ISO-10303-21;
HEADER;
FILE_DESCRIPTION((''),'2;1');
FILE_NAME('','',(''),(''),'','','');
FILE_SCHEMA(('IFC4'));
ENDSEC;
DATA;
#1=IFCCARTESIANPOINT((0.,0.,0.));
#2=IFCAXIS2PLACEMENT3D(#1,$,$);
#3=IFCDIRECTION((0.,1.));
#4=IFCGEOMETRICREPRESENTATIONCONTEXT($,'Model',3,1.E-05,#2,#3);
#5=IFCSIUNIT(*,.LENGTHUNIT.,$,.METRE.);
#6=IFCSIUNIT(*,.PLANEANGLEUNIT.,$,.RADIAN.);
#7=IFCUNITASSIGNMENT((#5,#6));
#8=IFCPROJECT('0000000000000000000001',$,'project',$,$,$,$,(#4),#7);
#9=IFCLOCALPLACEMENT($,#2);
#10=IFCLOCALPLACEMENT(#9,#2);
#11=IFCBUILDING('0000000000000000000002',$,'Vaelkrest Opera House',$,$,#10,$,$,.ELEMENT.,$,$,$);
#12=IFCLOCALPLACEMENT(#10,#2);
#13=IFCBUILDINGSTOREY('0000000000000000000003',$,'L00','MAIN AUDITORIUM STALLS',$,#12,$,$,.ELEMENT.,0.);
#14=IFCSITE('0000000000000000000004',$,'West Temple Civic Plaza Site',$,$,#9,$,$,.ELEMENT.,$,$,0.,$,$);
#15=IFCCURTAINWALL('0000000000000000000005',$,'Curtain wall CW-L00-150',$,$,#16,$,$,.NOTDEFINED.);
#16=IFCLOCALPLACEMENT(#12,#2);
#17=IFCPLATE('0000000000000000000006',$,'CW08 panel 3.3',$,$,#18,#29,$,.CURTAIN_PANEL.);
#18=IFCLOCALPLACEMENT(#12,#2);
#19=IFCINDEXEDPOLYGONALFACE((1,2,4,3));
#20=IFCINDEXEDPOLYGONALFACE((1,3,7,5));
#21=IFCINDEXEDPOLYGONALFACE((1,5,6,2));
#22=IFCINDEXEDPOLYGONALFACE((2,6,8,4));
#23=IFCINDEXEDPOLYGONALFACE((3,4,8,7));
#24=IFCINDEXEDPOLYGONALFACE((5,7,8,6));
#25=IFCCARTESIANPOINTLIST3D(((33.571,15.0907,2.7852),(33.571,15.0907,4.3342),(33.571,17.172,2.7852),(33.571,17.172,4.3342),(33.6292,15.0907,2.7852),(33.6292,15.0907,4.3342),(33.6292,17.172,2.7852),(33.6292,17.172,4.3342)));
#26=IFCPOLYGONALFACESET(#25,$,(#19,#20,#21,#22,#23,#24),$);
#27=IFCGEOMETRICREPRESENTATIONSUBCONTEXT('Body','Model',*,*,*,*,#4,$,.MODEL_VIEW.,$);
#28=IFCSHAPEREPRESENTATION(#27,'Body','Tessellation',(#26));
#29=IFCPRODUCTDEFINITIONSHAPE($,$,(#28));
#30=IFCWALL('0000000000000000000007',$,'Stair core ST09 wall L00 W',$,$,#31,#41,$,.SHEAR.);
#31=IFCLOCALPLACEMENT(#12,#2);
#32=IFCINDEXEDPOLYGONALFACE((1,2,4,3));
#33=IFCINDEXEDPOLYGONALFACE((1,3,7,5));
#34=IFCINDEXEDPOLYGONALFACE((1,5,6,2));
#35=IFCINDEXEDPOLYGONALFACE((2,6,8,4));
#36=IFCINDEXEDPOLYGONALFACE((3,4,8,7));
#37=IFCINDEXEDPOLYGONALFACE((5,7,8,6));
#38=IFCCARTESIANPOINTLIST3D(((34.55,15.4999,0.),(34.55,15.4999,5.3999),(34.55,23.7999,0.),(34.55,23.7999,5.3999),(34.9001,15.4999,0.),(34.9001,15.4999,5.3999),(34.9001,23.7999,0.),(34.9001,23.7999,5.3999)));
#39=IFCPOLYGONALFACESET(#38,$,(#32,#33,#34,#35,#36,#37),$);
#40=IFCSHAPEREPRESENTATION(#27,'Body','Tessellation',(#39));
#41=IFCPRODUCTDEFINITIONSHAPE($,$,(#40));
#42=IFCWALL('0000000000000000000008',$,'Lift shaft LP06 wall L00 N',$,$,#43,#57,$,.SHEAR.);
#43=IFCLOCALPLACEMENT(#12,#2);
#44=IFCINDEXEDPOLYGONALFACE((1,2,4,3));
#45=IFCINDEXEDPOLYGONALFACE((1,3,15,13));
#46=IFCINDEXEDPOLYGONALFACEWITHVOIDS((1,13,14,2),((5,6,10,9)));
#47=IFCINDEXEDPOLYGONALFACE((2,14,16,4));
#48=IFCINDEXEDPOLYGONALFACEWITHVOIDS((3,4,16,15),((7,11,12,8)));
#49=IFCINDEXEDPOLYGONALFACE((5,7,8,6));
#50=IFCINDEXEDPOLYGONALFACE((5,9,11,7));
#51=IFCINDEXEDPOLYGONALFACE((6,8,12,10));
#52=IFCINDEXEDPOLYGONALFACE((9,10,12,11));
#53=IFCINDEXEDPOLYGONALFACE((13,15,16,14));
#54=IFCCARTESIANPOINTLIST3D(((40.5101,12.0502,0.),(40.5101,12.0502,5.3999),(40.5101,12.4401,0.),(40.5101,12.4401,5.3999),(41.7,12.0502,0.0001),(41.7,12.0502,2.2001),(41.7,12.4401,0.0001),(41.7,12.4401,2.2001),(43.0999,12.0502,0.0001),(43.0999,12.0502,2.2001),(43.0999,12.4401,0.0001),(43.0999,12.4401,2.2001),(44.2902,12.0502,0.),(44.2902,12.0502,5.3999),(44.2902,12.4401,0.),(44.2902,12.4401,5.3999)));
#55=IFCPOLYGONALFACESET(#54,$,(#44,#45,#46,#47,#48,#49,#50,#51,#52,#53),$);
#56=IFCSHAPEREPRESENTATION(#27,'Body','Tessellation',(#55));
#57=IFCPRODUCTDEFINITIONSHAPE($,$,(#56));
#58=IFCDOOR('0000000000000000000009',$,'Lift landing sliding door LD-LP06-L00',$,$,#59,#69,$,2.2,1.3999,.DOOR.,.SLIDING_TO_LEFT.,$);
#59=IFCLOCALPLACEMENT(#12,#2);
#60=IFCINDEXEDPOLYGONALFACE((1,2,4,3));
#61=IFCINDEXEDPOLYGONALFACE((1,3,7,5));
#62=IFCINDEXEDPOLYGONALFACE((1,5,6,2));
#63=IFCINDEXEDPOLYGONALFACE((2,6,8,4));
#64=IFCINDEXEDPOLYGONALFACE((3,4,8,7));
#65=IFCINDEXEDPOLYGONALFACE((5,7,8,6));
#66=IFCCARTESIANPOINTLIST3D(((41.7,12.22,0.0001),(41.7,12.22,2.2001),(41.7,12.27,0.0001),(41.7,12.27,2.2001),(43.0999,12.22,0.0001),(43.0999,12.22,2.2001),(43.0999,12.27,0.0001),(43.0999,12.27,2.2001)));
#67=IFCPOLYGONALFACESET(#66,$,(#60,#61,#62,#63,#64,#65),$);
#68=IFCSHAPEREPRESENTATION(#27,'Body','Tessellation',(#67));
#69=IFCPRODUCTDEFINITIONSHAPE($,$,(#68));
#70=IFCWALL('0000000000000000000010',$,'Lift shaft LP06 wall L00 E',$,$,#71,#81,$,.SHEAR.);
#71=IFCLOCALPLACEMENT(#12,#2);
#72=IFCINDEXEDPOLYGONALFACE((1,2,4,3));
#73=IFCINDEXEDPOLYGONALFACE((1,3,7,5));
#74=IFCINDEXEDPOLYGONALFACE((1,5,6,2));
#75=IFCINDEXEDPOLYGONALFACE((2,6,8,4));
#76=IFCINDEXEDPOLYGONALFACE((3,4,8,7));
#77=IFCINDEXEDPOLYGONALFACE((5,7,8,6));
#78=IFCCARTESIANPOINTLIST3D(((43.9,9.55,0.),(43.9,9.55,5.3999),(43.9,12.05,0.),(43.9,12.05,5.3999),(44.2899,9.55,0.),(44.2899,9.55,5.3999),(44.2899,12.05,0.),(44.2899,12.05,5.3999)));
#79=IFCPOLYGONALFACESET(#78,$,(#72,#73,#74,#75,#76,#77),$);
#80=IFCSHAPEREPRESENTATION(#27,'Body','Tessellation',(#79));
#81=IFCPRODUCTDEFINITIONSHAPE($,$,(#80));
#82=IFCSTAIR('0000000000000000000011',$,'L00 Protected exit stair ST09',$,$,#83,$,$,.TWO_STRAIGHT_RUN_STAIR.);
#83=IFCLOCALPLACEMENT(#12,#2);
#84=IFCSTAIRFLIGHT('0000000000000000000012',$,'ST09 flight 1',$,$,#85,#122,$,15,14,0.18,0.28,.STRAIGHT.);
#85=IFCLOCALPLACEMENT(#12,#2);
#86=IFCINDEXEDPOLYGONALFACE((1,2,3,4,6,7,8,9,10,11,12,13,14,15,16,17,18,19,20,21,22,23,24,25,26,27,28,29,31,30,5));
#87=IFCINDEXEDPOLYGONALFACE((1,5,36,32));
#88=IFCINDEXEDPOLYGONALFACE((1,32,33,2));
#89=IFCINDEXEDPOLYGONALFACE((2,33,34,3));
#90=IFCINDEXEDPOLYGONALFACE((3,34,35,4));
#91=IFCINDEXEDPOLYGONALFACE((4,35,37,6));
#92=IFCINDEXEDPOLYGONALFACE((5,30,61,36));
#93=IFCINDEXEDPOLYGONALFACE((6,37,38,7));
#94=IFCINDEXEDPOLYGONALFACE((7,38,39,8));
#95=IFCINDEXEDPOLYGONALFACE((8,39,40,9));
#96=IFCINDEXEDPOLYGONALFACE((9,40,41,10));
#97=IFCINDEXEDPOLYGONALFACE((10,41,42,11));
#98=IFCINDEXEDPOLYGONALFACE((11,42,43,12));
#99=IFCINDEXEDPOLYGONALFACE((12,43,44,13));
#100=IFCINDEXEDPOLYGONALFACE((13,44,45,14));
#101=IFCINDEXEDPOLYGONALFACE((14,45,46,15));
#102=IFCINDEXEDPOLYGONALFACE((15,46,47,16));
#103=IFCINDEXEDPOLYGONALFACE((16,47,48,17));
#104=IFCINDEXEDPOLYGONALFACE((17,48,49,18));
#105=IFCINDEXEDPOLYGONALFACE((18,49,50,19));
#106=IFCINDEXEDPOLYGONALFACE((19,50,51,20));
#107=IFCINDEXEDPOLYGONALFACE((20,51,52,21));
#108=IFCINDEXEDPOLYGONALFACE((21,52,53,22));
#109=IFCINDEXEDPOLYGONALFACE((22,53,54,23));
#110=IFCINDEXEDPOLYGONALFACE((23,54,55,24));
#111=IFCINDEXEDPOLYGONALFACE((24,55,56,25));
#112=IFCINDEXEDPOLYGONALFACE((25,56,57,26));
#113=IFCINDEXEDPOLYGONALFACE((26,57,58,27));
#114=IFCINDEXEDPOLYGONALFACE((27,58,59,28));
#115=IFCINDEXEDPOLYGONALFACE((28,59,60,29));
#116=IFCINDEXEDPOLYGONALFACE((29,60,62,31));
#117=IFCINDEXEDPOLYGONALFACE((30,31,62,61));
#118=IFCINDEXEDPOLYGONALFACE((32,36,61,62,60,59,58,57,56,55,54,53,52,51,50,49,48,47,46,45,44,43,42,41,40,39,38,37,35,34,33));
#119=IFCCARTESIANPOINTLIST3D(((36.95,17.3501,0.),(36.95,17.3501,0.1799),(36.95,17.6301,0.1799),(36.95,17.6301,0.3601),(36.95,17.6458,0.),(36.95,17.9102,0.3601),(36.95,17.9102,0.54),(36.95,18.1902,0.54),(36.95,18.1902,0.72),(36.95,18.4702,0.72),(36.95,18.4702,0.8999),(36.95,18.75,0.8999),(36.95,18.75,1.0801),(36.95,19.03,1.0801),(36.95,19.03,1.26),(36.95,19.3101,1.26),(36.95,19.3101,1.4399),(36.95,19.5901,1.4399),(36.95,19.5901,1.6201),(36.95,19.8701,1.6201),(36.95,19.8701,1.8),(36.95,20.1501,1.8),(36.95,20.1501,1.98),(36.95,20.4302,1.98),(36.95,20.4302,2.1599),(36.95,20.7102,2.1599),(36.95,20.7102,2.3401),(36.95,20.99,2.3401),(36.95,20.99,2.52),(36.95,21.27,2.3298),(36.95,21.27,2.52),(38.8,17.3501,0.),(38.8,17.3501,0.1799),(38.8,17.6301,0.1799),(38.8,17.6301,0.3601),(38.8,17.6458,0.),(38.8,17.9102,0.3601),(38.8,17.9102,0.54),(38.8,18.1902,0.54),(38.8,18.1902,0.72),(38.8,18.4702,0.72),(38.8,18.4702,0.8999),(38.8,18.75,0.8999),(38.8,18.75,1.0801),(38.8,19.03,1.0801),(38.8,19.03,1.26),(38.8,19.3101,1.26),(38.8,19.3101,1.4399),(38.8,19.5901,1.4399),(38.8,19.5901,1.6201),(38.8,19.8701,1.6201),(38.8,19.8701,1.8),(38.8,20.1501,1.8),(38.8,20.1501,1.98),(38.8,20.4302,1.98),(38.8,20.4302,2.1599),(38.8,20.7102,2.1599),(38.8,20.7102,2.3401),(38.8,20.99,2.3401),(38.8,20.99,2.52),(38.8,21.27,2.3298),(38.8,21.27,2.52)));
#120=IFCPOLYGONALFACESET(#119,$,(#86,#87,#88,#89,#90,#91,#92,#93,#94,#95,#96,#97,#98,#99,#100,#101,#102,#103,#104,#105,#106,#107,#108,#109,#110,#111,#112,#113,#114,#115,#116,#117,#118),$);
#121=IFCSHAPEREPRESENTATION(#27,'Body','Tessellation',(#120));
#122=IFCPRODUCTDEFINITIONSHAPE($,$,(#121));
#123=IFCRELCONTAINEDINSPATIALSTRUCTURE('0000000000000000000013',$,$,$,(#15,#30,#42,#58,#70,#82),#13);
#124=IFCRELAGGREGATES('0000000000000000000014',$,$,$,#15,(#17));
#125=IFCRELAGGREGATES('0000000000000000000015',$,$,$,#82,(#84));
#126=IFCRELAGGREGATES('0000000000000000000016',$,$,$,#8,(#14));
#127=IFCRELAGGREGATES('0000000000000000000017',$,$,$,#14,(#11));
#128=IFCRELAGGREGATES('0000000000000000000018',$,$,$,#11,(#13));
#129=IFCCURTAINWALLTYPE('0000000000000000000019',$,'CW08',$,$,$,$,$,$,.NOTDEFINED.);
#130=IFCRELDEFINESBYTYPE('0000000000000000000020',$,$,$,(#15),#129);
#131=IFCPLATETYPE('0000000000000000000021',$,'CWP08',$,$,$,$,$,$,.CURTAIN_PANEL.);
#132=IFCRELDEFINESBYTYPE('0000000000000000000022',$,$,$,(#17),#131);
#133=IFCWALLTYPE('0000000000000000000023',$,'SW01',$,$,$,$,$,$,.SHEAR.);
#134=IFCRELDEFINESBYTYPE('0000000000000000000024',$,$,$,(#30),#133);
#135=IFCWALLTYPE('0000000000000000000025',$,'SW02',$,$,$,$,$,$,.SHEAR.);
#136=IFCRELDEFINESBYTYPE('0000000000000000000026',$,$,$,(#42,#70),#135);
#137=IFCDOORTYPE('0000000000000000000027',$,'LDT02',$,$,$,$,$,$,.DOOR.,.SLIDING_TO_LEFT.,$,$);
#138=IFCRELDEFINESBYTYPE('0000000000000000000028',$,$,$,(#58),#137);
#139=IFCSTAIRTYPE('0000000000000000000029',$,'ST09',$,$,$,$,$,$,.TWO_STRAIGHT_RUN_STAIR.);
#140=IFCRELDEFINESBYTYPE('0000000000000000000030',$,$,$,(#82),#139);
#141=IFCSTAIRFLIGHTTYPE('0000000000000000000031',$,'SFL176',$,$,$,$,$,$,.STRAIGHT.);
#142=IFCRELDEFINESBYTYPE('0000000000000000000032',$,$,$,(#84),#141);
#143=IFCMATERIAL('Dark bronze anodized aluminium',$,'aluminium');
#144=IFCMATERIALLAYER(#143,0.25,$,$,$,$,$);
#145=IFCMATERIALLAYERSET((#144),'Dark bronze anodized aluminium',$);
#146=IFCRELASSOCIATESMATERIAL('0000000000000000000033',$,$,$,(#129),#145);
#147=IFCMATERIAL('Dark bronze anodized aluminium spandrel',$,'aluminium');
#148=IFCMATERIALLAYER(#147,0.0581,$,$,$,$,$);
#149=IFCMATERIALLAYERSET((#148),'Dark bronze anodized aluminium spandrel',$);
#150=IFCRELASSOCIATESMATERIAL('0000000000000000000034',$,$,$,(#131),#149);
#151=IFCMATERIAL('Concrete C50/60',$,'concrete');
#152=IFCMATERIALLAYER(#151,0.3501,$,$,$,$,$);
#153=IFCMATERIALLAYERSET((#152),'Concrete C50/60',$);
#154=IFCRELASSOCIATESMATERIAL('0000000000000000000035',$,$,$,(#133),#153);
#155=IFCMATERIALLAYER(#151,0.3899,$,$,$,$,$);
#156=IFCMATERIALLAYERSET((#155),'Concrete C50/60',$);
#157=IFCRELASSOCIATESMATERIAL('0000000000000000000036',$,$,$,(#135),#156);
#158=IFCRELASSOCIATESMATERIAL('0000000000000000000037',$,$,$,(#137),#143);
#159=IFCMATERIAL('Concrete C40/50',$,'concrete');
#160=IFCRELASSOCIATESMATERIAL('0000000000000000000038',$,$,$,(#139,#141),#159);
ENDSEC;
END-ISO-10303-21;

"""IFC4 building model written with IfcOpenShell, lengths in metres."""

from ifc_helpers import new_model, si_unit, direction, frame, frame_2d, origin, origin_2d, place, context, subcontext, project, spatial, polyline, rectangle, outline, extrude, material, layer, layer_set, type_object, element, fill, aggregate, save


model = new_model("IFC4")

# Units and contexts
model_context = context("Model", 3, precision=1e-05, world=origin(), true_north=direction((0.0, 1.0)))
body_context = subcontext(model_context, "Body", "Model", "MODEL_VIEW")
ifc_project = project(units=[si_unit("LENGTHUNIT", "METRE"), si_unit("PLANEANGLEUNIT", "RADIAN")], contexts=[model_context])

# Site, building, storey
site_placement = place(None, origin())
site = spatial("IfcSite", under=ifc_project, at=site_placement, Name="West Temple Civic Plaza Site", CompositionType="ELEMENT", RefElevation=0.0)
building_placement = place(site_placement, origin())
building = spatial("IfcBuilding", under=site, at=building_placement, Name="Vaelkrest Opera House", CompositionType="ELEMENT")
storey_placement = place(building_placement, origin())
storey = spatial("IfcBuildingStorey", under=building, at=storey_placement, Name="L00", Description="MAIN AUDITORIUM STALLS", CompositionType="ELEMENT", Elevation=0.0)

# Shared definitions
ifc_material_1 = material(Name="Concrete C50/60", Category="concrete")

# Curtain wall
ifc_material_2 = material(Name="Dark bronze anodized aluminium", Category="aluminium")
ifc_layer_1 = layer(ifc_material_2, 0.25)
ifc_layer_set_1 = layer_set([ifc_layer_1], Name="Dark bronze anodized aluminium")
curtain_wall_type = type_object("IfcCurtainWallType", Name="CW08", PredefinedType="NOTDEFINED", material=ifc_layer_set_1)
curtain_wall_placement = place(storey_placement, origin())
curtain_wall = element("IfcCurtainWall", 1, at=curtain_wall_placement, inside=storey, type_object=curtain_wall_type, Name="Curtain wall CW-L00-150", PredefinedType="NOTDEFINED")

# Plate
ifc_material_3 = material(Name="Dark bronze anodized aluminium spandrel", Category="aluminium")
ifc_layer_2 = layer(ifc_material_3, 0.0581)
ifc_layer_set_2 = layer_set([ifc_layer_2], Name="Dark bronze anodized aluminium spandrel")
plate_type = type_object("IfcPlateType", Name="CWP08", PredefinedType="CURTAIN_PANEL", material=ifc_layer_set_2)
plate_1_placement = place(storey_placement, frame((33.6001, 16.1313, 2.7852), z_axis=(0.0, 0.0, 1.0), x_axis=(0.0, 1.0, 0.0)))
plate_1 = element("IfcPlate", 2, at=plate_1_placement, type_object=plate_type, Name="CW08 panel 3.3", PredefinedType="CURTAIN_PANEL", context=body_context, shape_type="SweptSolid", body=[
    extrude(rectangle(XDim=2.0813, YDim=0.0581, at=origin_2d()), origin(), (0.0, 0.0, 1.0), 1.5491),
])
aggregate(curtain_wall, [plate_1])

# Shared definitions
ifc_layer_3 = layer(ifc_material_1, 0.3501)
ifc_layer_set_3 = layer_set([ifc_layer_3], Name="Concrete C50/60")
wall_type_1 = type_object("IfcWallType", Name="SW01", PredefinedType="SHEAR", material=ifc_layer_set_3)

# Wall
wall_1_placement = place(storey_placement, frame((34.7251, 15.5, 0.0), z_axis=(0.0, 0.0, 1.0), x_axis=(0.0, 1.0, 0.0)))
element("IfcWall", 3, at=wall_1_placement, inside=storey, type_object=wall_type_1, Name="Stair core ST09 wall L00 W", PredefinedType="SHEAR", context=body_context, shape_type="SweptSolid", body=[
    extrude(rectangle(XDim=8.3, YDim=0.3501, at=frame_2d((4.1499, 0.0))), origin(), (0.0, 0.0, 1.0), 5.3999),
])

# Wall, opening, door
ifc_layer_4 = layer(ifc_material_1, 0.3899)
ifc_layer_set_4 = layer_set([ifc_layer_4], Name="Concrete C50/60")
wall_type_2 = type_object("IfcWallType", Name="SW02", PredefinedType="SHEAR", material=ifc_layer_set_4)
wall_2_placement = place(storey_placement, frame((40.51, 12.2451, 0.0), z_axis=(0.0, 0.0, 1.0), x_axis=(1.0, 0.0, 0.0)))
wall_2 = element("IfcWall", 4, at=wall_2_placement, inside=storey, type_object=wall_type_2, Name="Lift shaft LP06 wall L00 N", PredefinedType="SHEAR", context=body_context, shape_type="SweptSolid", body=[
    extrude(rectangle(XDim=3.78, YDim=0.3899, at=frame_2d((1.8901, 0.0))), origin(), (0.0, 0.0, 1.0), 5.3999),
])
opening_1_placement = place(wall_2_placement, frame((1.1899, 0.0, 0.0)))
opening_1 = element("IfcOpeningElement", 5, at=opening_1_placement, cuts=wall_2, PredefinedType="OPENING", context=body_context, shape_type="SweptSolid", body=[
    extrude(rectangle(XDim=1.3999, YDim=2.2, at=frame_2d((0.7, 1.1001))), frame((0.0, 0.2048, 0.0), z_axis=(0.0, -1.0, 0.0), x_axis=(1.0, 0.0, 0.0)), (0.0, 0.0, 1.0), 0.4099),
])
door_type_1 = type_object("IfcDoorType", Name="LDT02", OperationType="SLIDING_TO_LEFT", PredefinedType="DOOR", material=ifc_material_2)
door_1_placement = place(opening_1_placement, origin())
door_1 = element("IfcDoor", 6, at=door_1_placement, inside=storey, type_object=door_type_1, Name="Lift landing sliding door LD-LP06-L00", OperationType="SLIDING_TO_LEFT", OverallHeight=2.2, OverallWidth=1.3999, PredefinedType="DOOR", context=body_context, shape_type="SweptSolid", body=[
    extrude(rectangle(XDim=1.3999, YDim=2.2, at=frame_2d((0.7, 1.1001))), frame((0.0, 0.0249, 0.0), z_axis=(0.0, -1.0, 0.0), x_axis=(1.0, 0.0, 0.0)), (0.0, 0.0, 1.0), 0.05),
])
fill(opening_1, door_1)

# Wall
wall_3_placement = place(storey_placement, frame((44.095, 12.05, 0.0), z_axis=(0.0, 0.0, 1.0), x_axis=(0.0, -1.0, 0.0)))
element("IfcWall", 7, at=wall_3_placement, inside=storey, type_object=wall_type_2, Name="Lift shaft LP06 wall L00 E", PredefinedType="SHEAR", context=body_context, shape_type="SweptSolid", body=[
    extrude(rectangle(XDim=2.5, YDim=0.3899, at=frame_2d((1.25, 0.0))), origin(), (0.0, 0.0, 1.0), 5.3999),
])

# Stair, stair flight
ifc_material_4 = material(Name="Concrete C40/50", Category="concrete")
stair_type = type_object("IfcStairType", Name="ST09", PredefinedType="TWO_STRAIGHT_RUN_STAIR", material=ifc_material_4)
stair_placement = place(storey_placement, origin())
stair = element("IfcStair", 8, at=stair_placement, inside=storey, type_object=stair_type, Name="L00 Protected exit stair ST09", PredefinedType="TWO_STRAIGHT_RUN_STAIR")
stair_flight_type = type_object("IfcStairFlightType", Name="SFL176", PredefinedType="STRAIGHT", material=ifc_material_4)
stair_flight_placement = place(storey_placement, frame((37.875, 17.3501, 0.0), z_axis=(0.0, 0.0, 1.0), x_axis=(0.0, 1.0, 0.0)))
stair_flight = element("IfcStairFlight", 9, at=stair_flight_placement, type_object=stair_flight_type, Name="ST09 flight 1", NumberOfRisers=15, NumberOfTreads=14, PredefinedType="STRAIGHT", RiserHeight=0.18, TreadLength=0.28, context=body_context, shape_type="SweptSolid", body=[
    extrude(outline(polyline([(0.0, 0.0), (0.0, 0.1799), (0.28, 0.1799), (0.28, 0.3601), (0.5601, 0.3601), (0.5601, 0.54), (0.8401, 0.54), (0.8401, 0.72), (1.1201, 0.72), (1.1201, 0.8999), (1.3999, 0.8999), (1.3999, 1.0801), (1.6799, 1.0801), (1.6799, 1.26), (1.96, 1.26), (1.96, 1.4399), (2.24, 1.4399), (2.24, 1.6201), (2.52, 1.6201), (2.52, 1.8), (2.8, 1.8), (2.8, 1.98), (3.0801, 1.98), (3.0801, 2.1599), (3.3601, 2.1599), (3.3601, 2.3401), (3.6399, 2.3401), (3.6399, 2.52), (3.9199, 2.52), (3.9199, 2.7), (3.9199, 2.3298), (0.2957, 0.0), (0.0, 0.0)])), frame((0.0, 0.925, 0.0), z_axis=(0.0, -1.0, 0.0), x_axis=(1.0, 0.0, 0.0)), (0.0, 0.0, 1.0), 1.8501),
])
aggregate(stair, [stair_flight])

save(model, "model.ifc")
